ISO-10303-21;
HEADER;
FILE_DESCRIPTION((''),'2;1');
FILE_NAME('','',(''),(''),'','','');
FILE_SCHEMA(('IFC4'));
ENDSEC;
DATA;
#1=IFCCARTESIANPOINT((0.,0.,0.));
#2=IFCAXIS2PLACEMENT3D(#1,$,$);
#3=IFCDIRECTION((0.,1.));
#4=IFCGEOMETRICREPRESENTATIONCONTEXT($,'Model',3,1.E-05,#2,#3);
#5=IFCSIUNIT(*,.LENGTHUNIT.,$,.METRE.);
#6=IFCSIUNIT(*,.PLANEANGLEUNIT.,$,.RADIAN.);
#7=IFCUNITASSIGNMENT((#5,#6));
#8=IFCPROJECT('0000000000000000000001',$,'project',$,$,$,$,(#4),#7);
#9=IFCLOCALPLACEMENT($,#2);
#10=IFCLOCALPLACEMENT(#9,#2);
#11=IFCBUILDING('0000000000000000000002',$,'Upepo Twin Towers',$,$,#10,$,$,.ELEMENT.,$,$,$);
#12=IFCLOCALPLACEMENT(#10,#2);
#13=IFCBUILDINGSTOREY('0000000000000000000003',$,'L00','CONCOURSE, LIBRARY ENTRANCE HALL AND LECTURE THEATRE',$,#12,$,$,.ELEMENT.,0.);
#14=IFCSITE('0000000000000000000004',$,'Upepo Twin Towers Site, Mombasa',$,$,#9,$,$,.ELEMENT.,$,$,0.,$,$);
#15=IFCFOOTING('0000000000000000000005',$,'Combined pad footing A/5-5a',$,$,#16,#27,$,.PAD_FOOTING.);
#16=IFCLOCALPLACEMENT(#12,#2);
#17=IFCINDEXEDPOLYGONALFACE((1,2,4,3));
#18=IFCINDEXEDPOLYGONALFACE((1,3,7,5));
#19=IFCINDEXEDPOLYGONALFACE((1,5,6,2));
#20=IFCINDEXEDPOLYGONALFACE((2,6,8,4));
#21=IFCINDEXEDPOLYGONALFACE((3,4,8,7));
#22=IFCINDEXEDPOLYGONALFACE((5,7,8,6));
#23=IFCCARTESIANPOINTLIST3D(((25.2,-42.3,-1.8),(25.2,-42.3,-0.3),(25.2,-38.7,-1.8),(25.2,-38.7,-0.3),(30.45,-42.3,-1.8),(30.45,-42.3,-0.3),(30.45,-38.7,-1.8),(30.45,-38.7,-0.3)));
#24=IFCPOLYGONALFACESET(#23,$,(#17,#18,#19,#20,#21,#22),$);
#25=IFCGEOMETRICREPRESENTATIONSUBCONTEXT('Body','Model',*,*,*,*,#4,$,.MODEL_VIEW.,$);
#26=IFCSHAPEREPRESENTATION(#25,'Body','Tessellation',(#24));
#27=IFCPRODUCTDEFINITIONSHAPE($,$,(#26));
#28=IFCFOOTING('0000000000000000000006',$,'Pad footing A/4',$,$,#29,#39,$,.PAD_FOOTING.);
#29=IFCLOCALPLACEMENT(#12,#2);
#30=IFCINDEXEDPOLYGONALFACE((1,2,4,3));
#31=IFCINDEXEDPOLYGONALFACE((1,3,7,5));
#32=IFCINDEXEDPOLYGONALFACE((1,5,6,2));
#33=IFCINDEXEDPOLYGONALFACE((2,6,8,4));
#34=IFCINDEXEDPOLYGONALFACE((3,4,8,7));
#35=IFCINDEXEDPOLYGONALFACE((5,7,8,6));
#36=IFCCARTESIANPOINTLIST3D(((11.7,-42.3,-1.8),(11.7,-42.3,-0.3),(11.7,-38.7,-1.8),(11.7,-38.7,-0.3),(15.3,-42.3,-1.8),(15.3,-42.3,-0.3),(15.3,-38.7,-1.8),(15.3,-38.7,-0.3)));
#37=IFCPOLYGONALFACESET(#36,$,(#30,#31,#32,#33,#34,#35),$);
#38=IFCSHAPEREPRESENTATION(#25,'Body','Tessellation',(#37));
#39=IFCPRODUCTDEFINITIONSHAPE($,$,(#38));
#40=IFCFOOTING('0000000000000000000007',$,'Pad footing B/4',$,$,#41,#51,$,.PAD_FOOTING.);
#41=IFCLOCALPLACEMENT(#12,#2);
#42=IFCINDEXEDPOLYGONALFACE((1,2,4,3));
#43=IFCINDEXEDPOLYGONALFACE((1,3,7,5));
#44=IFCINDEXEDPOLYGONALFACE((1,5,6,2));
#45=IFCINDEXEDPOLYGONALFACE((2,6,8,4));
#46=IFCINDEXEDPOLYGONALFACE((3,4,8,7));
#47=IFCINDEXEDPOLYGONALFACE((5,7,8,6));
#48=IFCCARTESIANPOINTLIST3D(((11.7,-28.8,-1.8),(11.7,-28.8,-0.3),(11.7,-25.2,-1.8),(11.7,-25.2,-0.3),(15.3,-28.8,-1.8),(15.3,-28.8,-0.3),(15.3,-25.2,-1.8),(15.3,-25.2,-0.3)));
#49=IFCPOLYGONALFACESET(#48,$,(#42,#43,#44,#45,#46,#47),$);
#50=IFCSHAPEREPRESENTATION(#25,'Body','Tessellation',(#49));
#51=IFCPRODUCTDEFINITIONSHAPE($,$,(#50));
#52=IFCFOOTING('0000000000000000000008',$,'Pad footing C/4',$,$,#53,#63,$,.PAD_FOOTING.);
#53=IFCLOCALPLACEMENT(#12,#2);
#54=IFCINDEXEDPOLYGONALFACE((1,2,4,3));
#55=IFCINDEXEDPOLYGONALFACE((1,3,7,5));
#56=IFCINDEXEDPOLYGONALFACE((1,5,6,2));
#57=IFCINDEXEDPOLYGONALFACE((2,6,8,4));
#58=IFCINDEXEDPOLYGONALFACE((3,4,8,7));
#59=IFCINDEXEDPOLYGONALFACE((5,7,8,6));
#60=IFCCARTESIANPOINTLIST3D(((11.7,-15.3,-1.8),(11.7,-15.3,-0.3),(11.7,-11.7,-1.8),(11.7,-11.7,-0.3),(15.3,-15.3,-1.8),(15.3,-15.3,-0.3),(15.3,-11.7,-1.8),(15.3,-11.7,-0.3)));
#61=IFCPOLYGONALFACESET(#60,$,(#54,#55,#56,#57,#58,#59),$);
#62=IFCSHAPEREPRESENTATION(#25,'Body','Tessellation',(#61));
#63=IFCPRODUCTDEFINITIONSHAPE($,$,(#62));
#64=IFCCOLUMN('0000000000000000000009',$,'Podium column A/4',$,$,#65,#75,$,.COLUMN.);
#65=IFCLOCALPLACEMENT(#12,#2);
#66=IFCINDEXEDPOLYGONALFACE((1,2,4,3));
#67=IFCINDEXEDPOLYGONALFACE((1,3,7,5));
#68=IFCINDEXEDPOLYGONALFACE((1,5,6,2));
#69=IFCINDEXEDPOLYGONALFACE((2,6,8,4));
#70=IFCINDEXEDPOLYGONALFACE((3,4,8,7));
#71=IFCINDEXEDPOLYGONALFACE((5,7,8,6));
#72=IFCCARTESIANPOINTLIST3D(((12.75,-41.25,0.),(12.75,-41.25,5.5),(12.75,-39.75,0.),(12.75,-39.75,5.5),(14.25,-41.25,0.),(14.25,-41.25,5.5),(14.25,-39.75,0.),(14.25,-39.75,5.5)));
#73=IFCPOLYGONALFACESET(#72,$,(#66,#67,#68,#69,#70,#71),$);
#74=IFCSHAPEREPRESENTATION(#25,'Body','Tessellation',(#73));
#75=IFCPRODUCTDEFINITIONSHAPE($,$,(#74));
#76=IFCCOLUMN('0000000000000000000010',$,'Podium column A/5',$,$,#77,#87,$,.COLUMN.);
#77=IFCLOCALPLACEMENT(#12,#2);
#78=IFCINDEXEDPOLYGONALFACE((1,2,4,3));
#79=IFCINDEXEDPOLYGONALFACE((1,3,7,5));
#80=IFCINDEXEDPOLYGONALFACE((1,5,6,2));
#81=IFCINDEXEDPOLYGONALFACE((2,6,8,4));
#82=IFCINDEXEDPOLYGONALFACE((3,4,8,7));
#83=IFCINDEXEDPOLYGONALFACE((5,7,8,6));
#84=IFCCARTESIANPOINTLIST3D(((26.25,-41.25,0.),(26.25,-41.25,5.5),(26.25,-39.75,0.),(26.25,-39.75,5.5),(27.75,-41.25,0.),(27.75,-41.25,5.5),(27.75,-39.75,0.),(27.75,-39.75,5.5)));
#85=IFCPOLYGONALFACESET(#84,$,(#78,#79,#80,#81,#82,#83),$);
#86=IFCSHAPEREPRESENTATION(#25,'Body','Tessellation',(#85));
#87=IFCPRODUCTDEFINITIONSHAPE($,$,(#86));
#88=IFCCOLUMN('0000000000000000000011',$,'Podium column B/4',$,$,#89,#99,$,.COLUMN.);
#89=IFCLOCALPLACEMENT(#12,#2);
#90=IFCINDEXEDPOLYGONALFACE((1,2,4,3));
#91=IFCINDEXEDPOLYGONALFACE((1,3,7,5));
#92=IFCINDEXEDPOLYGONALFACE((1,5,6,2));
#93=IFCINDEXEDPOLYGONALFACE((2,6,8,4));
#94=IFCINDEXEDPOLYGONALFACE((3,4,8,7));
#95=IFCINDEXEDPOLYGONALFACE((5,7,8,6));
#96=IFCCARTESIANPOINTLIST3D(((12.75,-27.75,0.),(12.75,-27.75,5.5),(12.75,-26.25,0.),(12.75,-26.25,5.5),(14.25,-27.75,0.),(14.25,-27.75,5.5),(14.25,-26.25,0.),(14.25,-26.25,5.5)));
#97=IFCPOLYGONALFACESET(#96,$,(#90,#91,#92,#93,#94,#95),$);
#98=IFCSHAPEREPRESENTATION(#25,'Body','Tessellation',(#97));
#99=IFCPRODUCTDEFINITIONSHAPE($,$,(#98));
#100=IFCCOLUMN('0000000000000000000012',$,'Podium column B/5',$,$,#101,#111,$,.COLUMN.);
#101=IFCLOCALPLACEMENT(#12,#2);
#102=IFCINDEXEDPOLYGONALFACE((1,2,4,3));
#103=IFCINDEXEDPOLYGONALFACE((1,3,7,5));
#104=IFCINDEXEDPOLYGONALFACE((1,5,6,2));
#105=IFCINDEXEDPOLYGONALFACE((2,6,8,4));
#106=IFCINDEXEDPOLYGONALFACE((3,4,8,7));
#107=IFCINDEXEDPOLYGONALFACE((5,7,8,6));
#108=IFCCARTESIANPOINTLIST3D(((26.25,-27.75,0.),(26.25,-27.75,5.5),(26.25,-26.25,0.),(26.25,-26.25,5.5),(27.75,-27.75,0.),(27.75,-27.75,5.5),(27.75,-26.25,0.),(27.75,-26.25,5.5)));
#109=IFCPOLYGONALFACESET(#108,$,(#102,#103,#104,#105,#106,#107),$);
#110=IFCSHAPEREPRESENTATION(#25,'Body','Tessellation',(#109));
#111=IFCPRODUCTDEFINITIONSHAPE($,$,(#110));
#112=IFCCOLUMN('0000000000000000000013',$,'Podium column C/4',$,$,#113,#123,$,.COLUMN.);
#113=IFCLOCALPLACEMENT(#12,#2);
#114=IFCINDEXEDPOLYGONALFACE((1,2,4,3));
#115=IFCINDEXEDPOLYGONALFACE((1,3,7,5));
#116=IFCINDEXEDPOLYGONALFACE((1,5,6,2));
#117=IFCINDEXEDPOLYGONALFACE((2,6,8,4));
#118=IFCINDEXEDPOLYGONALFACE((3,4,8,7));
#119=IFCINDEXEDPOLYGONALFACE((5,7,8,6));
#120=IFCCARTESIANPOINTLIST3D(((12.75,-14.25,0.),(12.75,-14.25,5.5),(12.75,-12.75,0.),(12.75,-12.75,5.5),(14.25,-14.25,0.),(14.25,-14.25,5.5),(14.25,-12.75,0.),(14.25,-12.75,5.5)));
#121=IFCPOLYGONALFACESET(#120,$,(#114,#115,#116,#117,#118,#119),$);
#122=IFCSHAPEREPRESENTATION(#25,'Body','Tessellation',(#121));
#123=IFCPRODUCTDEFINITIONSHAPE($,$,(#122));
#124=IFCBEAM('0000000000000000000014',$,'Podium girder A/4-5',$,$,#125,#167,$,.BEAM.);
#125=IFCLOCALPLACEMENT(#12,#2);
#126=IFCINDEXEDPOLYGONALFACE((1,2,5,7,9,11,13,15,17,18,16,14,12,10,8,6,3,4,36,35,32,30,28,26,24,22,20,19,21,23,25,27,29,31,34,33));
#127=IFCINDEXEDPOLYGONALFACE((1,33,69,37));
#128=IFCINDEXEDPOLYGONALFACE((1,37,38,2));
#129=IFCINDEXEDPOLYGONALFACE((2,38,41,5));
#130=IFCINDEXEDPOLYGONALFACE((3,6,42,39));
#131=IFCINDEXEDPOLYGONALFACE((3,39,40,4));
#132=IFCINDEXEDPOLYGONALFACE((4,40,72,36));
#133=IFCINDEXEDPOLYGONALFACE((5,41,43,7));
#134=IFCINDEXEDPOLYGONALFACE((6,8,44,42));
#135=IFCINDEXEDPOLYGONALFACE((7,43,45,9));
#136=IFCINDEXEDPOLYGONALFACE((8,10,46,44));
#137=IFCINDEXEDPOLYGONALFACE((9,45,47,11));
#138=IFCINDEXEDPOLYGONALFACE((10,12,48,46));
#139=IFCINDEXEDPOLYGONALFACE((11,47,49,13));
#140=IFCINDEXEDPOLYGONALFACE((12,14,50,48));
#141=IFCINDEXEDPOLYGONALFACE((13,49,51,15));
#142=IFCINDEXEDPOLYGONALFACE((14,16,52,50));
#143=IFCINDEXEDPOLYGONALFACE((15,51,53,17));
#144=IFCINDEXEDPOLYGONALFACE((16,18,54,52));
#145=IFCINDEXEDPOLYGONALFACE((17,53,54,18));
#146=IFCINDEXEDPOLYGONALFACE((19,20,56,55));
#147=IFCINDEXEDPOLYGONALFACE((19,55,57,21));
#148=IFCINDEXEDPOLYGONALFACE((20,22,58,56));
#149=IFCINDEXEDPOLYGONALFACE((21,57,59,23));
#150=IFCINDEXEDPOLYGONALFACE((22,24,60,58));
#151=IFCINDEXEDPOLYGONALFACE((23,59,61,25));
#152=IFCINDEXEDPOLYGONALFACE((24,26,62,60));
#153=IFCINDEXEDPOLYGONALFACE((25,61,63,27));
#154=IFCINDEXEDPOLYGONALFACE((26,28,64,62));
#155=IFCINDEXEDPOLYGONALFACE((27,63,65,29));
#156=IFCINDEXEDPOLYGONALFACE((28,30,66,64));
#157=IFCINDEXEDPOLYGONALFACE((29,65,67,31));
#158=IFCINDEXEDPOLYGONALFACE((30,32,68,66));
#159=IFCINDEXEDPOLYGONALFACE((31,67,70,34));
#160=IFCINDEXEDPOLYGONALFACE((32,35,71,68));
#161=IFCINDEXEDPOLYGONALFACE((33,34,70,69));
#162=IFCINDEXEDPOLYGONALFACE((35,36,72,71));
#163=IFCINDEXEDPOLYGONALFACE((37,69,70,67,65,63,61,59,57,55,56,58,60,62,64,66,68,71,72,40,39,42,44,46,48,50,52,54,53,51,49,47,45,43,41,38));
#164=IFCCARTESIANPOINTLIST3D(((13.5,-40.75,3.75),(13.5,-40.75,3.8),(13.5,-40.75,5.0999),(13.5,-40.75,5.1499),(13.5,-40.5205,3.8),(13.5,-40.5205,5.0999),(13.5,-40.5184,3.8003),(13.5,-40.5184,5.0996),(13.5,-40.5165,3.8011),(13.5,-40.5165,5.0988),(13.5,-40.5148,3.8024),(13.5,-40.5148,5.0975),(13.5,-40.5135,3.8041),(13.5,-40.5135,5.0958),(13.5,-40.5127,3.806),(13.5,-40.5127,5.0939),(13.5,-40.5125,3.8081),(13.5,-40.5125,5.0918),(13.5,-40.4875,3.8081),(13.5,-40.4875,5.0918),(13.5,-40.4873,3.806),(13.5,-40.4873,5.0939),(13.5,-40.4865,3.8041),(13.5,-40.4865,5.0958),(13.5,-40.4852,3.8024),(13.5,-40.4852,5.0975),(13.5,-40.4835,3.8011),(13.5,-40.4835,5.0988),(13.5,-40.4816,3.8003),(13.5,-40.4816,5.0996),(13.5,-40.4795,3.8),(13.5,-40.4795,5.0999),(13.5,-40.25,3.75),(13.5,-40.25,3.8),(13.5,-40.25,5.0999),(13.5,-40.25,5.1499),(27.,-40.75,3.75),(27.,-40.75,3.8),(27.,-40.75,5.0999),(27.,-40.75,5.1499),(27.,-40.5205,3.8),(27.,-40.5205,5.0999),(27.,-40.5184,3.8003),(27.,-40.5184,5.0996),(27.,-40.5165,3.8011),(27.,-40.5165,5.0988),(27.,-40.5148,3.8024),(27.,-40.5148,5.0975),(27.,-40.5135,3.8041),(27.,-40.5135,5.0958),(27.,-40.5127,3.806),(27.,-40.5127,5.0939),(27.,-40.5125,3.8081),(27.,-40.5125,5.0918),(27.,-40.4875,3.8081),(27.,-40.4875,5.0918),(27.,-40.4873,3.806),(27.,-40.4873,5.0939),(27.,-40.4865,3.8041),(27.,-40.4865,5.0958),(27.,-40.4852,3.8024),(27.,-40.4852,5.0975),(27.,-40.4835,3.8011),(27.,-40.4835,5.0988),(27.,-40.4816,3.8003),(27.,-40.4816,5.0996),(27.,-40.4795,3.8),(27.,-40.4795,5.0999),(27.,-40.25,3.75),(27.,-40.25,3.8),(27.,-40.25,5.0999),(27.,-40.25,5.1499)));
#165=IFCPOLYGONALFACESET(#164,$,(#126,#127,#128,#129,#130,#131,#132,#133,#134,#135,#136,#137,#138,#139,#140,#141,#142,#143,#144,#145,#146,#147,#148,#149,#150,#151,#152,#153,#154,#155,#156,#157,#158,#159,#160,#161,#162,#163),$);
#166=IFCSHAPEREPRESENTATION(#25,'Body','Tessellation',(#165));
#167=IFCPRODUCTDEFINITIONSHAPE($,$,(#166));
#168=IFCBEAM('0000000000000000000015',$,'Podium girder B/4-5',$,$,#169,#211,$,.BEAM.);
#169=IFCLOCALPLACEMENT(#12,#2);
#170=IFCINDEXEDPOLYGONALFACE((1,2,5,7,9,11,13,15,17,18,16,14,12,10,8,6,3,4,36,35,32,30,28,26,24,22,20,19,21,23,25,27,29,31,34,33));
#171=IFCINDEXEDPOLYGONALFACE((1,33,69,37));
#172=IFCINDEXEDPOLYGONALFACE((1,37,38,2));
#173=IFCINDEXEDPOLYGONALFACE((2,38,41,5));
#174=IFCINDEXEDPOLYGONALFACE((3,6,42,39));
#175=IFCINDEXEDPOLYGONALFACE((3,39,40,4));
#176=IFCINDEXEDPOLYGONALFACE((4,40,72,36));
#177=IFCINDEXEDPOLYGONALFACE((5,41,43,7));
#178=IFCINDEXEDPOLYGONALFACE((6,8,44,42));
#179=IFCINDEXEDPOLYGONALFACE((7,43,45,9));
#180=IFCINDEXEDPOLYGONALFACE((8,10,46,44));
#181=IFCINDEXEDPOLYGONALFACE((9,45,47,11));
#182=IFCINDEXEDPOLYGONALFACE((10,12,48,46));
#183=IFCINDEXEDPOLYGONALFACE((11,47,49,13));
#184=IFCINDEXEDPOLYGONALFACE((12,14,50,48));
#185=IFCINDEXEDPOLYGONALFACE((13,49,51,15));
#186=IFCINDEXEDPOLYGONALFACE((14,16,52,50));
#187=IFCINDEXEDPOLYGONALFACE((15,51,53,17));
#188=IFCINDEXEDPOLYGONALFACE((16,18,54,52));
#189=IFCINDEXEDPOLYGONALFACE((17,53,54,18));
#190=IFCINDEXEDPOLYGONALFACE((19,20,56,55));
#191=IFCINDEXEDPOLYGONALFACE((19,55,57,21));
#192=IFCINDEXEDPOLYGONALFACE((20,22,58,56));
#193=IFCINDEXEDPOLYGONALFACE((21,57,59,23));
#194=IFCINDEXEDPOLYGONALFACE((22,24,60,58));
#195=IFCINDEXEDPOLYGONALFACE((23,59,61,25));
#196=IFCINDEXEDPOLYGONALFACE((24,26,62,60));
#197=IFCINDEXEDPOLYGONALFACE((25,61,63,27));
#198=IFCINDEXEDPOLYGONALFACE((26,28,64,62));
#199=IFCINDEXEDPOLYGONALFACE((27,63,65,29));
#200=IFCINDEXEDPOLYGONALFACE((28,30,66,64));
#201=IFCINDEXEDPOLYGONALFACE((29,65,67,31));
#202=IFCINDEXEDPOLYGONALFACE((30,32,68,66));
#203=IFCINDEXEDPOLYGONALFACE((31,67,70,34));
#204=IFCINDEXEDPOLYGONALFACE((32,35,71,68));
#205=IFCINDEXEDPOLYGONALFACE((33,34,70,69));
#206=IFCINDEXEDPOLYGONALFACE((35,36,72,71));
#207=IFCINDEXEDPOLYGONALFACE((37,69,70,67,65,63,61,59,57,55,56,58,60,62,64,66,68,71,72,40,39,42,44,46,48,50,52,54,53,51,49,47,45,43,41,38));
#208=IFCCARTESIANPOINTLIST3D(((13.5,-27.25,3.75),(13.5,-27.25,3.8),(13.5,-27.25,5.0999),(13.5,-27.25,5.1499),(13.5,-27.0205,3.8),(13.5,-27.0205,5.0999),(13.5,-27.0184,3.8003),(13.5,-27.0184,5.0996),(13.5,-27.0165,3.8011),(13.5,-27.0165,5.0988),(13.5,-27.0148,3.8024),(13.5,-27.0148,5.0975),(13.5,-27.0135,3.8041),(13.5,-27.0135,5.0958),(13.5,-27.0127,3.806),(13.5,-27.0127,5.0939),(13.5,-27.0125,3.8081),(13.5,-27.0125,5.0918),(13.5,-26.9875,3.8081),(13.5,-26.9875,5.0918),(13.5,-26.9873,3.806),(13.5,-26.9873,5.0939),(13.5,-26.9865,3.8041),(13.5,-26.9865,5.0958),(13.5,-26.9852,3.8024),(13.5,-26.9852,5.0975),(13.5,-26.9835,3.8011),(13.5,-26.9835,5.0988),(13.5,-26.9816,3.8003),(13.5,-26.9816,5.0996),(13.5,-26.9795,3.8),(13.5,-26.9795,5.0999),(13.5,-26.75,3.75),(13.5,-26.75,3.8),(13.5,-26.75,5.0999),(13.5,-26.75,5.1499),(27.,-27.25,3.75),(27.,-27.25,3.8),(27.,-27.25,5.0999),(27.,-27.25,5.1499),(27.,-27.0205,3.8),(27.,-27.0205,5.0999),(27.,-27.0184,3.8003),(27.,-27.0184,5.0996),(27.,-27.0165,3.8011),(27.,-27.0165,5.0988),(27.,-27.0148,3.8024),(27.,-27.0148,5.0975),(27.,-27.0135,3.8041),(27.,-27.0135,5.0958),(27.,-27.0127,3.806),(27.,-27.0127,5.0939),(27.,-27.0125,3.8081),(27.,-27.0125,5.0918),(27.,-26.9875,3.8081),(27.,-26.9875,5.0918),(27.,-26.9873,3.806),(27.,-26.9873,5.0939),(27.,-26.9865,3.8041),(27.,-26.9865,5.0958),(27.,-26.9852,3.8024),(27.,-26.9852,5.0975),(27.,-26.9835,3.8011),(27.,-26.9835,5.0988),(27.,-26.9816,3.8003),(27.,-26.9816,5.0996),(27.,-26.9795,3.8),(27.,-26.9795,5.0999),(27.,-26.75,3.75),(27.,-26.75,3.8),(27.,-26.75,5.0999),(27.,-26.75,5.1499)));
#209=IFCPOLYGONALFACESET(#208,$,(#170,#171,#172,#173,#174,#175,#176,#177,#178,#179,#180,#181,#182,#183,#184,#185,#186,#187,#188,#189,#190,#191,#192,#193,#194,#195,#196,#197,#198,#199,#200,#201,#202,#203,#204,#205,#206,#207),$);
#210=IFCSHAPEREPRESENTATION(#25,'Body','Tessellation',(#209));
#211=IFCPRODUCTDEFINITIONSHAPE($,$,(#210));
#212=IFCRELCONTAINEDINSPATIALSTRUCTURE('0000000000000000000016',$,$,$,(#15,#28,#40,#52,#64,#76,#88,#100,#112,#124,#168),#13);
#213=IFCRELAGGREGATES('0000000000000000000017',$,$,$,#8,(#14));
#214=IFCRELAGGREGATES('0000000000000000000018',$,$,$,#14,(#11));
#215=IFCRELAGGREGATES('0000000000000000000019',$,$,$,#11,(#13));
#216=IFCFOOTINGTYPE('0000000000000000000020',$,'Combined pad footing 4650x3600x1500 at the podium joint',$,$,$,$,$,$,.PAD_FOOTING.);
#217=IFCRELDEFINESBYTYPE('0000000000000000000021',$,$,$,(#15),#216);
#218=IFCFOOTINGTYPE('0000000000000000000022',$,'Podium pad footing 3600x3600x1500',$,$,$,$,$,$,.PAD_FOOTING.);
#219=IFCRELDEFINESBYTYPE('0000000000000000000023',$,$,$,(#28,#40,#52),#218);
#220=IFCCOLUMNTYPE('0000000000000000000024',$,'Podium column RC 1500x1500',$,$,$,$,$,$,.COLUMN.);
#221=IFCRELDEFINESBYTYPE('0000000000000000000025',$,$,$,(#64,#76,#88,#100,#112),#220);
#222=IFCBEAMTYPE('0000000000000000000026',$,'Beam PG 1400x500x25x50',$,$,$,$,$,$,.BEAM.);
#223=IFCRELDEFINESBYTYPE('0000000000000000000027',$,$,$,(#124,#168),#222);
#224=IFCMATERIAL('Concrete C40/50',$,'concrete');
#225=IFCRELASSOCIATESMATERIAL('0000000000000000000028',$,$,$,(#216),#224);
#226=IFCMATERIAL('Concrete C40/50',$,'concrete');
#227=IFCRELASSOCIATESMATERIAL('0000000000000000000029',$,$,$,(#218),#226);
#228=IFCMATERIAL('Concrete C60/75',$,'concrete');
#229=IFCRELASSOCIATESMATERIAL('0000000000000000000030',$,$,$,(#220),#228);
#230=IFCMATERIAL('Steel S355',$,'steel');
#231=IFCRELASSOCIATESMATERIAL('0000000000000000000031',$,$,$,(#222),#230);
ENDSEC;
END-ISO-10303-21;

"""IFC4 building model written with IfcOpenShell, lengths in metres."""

from ifc_helpers import new_model, si_unit, direction, frame, origin, origin_2d, place, context, subcontext, project, spatial, rectangle, i_section, extrude, material, material_profile, profile_set, type_object, element, save


model = new_model("IFC4")

# Units and contexts
model_context = context("Model", 3, precision=1e-05, world=origin(), true_north=direction((0.0, 1.0)))
body_context = subcontext(model_context, "Body", "Model", "MODEL_VIEW")
ifc_project = project(units=[si_unit("LENGTHUNIT", "METRE"), si_unit("PLANEANGLEUNIT", "RADIAN")], contexts=[model_context])

# Site, building, storey
site_placement = place(None, origin())
site = spatial("IfcSite", under=ifc_project, at=site_placement, Name="Upepo Twin Towers Site, Mombasa", CompositionType="ELEMENT", RefElevation=0.0)
building_placement = place(site_placement, origin())
building = spatial("IfcBuilding", under=site, at=building_placement, Name="Upepo Twin Towers", CompositionType="ELEMENT")
storey_placement = place(building_placement, origin())
storey = spatial("IfcBuildingStorey", under=building, at=storey_placement, Name="L00", Description="CONCOURSE, LIBRARY ENTRANCE HALL AND LECTURE THEATRE", CompositionType="ELEMENT", Elevation=0.0)

# Footings
ifc_material_1 = material(Name="Concrete C40/50", Category="concrete")
footing_type_1 = type_object("IfcFootingType", Name="Combined pad footing 4650x3600x1500 at the podium joint", PredefinedType="PAD_FOOTING", material=ifc_material_1)
footing_placement = place(storey_placement, frame((27.825, -40.5, -1.8), z_axis=(0.0, 0.0, 1.0), x_axis=(1.0, 0.0, 0.0)))
element("IfcFooting", 1, at=footing_placement, inside=storey, type_object=footing_type_1, Name="Combined pad footing A/5-5a", PredefinedType="PAD_FOOTING", context=body_context, shape_type="SweptSolid", body=[
    extrude(rectangle(XDim=5.25, YDim=3.6001, at=origin_2d()), origin(), (0.0, 0.0, 1.0), 1.5),
])
ifc_material_2 = material(Name="Concrete C40/50", Category="concrete")
footing_type_2 = type_object("IfcFootingType", Name="Podium pad footing 3600x3600x1500", PredefinedType="PAD_FOOTING", material=ifc_material_2)
for number, where, z_axis, x_axis, name in (
    (2, (13.5, -40.5, -1.8), (0.0, 0.0, 1.0), (1.0, 0.0, 0.0), "Pad footing A/4"),
    (3, (13.5, -27.0, -1.8), (0.0, 0.0, 1.0), (1.0, 0.0, 0.0), "Pad footing B/4"),
    (4, (13.5, -13.5, -1.8), (0.0, 0.0, 1.0), (1.0, 0.0, 0.0), "Pad footing C/4"),
):
    element("IfcFooting", number, at=place(storey_placement, frame(where, z_axis=z_axis, x_axis=x_axis)), inside=storey, type_object=footing_type_2, Name=name, PredefinedType="PAD_FOOTING", context=body_context, shape_type="SweptSolid", body=[
        extrude(rectangle(XDim=3.6001, YDim=3.6001, at=origin_2d()), origin(), (0.0, 0.0, 1.0), 1.5),
    ])

# Columns
ifc_material_3 = material(Name="Concrete C60/75", Category="concrete")
ifc_material_profile_1 = material_profile(ifc_material_3, rectangle(XDim=1.5, YDim=1.5, at=origin_2d()), Name="RC 1500x1500")
ifc_profile_set_1 = profile_set([ifc_material_profile_1], Name="Concrete C60/75")
column_type = type_object("IfcColumnType", Name="Podium column RC 1500x1500", PredefinedType="COLUMN", material=ifc_profile_set_1)
for number, where, z_axis, x_axis, name in (
    (5, (13.5, -40.5, 0.0), (0.0, 0.0, 1.0), (1.0, 0.0, 0.0), "Podium column A/4"),
    (6, (27.0, -40.5, 0.0), (0.0, 0.0, 1.0), (1.0, 0.0, 0.0), "Podium column A/5"),
    (7, (13.5, -27.0, 0.0), (0.0, 0.0, 1.0), (1.0, 0.0, 0.0), "Podium column B/4"),
    (8, (27.0, -27.0, 0.0), (0.0, 0.0, 1.0), (1.0, 0.0, 0.0), "Podium column B/5"),
    (9, (13.5, -13.5, 0.0), (0.0, 0.0, 1.0), (1.0, 0.0, 0.0), "Podium column C/4"),
):
    element("IfcColumn", number, at=place(storey_placement, frame(where, z_axis=z_axis, x_axis=x_axis)), inside=storey, type_object=column_type, Name=name, PredefinedType="COLUMN", context=body_context, shape_type="SweptSolid", body=[
        extrude(rectangle(XDim=1.5, YDim=1.5, at=origin_2d()), origin(), (0.0, 0.0, 1.0), 5.5),
    ])

# Beams
ifc_material_4 = material(Name="Steel S355", Category="steel")
ifc_material_profile_2 = material_profile(ifc_material_4, i_section(OverallWidth=0.5, OverallDepth=1.3999, WebThickness=0.0249, FlangeThickness=0.05, FilletRadius=0.0081, at=origin_2d()), Name="PG 1400x500x25x50")
ifc_profile_set_2 = profile_set([ifc_material_profile_2], Name="Steel S355")
beam_type_1 = type_object("IfcBeamType", Name="Beam PG 1400x500x25x50", PredefinedType="BEAM", material=ifc_profile_set_2)
for number, where, z_axis, x_axis, name in (
    (10, (13.5, -40.5, 4.45), (1.0, 0.0, 0.0), (0.0, 1.0, 0.0), "Podium girder A/4-5"),
    (11, (13.5, -27.0, 4.45), (1.0, 0.0, 0.0), (0.0, 1.0, 0.0), "Podium girder B/4-5"),
):
    element("IfcBeam", number, at=place(storey_placement, frame(where, z_axis=z_axis, x_axis=x_axis)), inside=storey, type_object=beam_type_1, Name=name, PredefinedType="BEAM", context=body_context, shape_type="SweptSolid", body=[
        extrude(i_section(OverallWidth=0.5, OverallDepth=1.3999, WebThickness=0.0249, FlangeThickness=0.05, FilletRadius=0.0081, at=origin_2d()), origin(), (0.0, 0.0, 1.0), 13.5),
    ])

save(model, "model.ifc")
